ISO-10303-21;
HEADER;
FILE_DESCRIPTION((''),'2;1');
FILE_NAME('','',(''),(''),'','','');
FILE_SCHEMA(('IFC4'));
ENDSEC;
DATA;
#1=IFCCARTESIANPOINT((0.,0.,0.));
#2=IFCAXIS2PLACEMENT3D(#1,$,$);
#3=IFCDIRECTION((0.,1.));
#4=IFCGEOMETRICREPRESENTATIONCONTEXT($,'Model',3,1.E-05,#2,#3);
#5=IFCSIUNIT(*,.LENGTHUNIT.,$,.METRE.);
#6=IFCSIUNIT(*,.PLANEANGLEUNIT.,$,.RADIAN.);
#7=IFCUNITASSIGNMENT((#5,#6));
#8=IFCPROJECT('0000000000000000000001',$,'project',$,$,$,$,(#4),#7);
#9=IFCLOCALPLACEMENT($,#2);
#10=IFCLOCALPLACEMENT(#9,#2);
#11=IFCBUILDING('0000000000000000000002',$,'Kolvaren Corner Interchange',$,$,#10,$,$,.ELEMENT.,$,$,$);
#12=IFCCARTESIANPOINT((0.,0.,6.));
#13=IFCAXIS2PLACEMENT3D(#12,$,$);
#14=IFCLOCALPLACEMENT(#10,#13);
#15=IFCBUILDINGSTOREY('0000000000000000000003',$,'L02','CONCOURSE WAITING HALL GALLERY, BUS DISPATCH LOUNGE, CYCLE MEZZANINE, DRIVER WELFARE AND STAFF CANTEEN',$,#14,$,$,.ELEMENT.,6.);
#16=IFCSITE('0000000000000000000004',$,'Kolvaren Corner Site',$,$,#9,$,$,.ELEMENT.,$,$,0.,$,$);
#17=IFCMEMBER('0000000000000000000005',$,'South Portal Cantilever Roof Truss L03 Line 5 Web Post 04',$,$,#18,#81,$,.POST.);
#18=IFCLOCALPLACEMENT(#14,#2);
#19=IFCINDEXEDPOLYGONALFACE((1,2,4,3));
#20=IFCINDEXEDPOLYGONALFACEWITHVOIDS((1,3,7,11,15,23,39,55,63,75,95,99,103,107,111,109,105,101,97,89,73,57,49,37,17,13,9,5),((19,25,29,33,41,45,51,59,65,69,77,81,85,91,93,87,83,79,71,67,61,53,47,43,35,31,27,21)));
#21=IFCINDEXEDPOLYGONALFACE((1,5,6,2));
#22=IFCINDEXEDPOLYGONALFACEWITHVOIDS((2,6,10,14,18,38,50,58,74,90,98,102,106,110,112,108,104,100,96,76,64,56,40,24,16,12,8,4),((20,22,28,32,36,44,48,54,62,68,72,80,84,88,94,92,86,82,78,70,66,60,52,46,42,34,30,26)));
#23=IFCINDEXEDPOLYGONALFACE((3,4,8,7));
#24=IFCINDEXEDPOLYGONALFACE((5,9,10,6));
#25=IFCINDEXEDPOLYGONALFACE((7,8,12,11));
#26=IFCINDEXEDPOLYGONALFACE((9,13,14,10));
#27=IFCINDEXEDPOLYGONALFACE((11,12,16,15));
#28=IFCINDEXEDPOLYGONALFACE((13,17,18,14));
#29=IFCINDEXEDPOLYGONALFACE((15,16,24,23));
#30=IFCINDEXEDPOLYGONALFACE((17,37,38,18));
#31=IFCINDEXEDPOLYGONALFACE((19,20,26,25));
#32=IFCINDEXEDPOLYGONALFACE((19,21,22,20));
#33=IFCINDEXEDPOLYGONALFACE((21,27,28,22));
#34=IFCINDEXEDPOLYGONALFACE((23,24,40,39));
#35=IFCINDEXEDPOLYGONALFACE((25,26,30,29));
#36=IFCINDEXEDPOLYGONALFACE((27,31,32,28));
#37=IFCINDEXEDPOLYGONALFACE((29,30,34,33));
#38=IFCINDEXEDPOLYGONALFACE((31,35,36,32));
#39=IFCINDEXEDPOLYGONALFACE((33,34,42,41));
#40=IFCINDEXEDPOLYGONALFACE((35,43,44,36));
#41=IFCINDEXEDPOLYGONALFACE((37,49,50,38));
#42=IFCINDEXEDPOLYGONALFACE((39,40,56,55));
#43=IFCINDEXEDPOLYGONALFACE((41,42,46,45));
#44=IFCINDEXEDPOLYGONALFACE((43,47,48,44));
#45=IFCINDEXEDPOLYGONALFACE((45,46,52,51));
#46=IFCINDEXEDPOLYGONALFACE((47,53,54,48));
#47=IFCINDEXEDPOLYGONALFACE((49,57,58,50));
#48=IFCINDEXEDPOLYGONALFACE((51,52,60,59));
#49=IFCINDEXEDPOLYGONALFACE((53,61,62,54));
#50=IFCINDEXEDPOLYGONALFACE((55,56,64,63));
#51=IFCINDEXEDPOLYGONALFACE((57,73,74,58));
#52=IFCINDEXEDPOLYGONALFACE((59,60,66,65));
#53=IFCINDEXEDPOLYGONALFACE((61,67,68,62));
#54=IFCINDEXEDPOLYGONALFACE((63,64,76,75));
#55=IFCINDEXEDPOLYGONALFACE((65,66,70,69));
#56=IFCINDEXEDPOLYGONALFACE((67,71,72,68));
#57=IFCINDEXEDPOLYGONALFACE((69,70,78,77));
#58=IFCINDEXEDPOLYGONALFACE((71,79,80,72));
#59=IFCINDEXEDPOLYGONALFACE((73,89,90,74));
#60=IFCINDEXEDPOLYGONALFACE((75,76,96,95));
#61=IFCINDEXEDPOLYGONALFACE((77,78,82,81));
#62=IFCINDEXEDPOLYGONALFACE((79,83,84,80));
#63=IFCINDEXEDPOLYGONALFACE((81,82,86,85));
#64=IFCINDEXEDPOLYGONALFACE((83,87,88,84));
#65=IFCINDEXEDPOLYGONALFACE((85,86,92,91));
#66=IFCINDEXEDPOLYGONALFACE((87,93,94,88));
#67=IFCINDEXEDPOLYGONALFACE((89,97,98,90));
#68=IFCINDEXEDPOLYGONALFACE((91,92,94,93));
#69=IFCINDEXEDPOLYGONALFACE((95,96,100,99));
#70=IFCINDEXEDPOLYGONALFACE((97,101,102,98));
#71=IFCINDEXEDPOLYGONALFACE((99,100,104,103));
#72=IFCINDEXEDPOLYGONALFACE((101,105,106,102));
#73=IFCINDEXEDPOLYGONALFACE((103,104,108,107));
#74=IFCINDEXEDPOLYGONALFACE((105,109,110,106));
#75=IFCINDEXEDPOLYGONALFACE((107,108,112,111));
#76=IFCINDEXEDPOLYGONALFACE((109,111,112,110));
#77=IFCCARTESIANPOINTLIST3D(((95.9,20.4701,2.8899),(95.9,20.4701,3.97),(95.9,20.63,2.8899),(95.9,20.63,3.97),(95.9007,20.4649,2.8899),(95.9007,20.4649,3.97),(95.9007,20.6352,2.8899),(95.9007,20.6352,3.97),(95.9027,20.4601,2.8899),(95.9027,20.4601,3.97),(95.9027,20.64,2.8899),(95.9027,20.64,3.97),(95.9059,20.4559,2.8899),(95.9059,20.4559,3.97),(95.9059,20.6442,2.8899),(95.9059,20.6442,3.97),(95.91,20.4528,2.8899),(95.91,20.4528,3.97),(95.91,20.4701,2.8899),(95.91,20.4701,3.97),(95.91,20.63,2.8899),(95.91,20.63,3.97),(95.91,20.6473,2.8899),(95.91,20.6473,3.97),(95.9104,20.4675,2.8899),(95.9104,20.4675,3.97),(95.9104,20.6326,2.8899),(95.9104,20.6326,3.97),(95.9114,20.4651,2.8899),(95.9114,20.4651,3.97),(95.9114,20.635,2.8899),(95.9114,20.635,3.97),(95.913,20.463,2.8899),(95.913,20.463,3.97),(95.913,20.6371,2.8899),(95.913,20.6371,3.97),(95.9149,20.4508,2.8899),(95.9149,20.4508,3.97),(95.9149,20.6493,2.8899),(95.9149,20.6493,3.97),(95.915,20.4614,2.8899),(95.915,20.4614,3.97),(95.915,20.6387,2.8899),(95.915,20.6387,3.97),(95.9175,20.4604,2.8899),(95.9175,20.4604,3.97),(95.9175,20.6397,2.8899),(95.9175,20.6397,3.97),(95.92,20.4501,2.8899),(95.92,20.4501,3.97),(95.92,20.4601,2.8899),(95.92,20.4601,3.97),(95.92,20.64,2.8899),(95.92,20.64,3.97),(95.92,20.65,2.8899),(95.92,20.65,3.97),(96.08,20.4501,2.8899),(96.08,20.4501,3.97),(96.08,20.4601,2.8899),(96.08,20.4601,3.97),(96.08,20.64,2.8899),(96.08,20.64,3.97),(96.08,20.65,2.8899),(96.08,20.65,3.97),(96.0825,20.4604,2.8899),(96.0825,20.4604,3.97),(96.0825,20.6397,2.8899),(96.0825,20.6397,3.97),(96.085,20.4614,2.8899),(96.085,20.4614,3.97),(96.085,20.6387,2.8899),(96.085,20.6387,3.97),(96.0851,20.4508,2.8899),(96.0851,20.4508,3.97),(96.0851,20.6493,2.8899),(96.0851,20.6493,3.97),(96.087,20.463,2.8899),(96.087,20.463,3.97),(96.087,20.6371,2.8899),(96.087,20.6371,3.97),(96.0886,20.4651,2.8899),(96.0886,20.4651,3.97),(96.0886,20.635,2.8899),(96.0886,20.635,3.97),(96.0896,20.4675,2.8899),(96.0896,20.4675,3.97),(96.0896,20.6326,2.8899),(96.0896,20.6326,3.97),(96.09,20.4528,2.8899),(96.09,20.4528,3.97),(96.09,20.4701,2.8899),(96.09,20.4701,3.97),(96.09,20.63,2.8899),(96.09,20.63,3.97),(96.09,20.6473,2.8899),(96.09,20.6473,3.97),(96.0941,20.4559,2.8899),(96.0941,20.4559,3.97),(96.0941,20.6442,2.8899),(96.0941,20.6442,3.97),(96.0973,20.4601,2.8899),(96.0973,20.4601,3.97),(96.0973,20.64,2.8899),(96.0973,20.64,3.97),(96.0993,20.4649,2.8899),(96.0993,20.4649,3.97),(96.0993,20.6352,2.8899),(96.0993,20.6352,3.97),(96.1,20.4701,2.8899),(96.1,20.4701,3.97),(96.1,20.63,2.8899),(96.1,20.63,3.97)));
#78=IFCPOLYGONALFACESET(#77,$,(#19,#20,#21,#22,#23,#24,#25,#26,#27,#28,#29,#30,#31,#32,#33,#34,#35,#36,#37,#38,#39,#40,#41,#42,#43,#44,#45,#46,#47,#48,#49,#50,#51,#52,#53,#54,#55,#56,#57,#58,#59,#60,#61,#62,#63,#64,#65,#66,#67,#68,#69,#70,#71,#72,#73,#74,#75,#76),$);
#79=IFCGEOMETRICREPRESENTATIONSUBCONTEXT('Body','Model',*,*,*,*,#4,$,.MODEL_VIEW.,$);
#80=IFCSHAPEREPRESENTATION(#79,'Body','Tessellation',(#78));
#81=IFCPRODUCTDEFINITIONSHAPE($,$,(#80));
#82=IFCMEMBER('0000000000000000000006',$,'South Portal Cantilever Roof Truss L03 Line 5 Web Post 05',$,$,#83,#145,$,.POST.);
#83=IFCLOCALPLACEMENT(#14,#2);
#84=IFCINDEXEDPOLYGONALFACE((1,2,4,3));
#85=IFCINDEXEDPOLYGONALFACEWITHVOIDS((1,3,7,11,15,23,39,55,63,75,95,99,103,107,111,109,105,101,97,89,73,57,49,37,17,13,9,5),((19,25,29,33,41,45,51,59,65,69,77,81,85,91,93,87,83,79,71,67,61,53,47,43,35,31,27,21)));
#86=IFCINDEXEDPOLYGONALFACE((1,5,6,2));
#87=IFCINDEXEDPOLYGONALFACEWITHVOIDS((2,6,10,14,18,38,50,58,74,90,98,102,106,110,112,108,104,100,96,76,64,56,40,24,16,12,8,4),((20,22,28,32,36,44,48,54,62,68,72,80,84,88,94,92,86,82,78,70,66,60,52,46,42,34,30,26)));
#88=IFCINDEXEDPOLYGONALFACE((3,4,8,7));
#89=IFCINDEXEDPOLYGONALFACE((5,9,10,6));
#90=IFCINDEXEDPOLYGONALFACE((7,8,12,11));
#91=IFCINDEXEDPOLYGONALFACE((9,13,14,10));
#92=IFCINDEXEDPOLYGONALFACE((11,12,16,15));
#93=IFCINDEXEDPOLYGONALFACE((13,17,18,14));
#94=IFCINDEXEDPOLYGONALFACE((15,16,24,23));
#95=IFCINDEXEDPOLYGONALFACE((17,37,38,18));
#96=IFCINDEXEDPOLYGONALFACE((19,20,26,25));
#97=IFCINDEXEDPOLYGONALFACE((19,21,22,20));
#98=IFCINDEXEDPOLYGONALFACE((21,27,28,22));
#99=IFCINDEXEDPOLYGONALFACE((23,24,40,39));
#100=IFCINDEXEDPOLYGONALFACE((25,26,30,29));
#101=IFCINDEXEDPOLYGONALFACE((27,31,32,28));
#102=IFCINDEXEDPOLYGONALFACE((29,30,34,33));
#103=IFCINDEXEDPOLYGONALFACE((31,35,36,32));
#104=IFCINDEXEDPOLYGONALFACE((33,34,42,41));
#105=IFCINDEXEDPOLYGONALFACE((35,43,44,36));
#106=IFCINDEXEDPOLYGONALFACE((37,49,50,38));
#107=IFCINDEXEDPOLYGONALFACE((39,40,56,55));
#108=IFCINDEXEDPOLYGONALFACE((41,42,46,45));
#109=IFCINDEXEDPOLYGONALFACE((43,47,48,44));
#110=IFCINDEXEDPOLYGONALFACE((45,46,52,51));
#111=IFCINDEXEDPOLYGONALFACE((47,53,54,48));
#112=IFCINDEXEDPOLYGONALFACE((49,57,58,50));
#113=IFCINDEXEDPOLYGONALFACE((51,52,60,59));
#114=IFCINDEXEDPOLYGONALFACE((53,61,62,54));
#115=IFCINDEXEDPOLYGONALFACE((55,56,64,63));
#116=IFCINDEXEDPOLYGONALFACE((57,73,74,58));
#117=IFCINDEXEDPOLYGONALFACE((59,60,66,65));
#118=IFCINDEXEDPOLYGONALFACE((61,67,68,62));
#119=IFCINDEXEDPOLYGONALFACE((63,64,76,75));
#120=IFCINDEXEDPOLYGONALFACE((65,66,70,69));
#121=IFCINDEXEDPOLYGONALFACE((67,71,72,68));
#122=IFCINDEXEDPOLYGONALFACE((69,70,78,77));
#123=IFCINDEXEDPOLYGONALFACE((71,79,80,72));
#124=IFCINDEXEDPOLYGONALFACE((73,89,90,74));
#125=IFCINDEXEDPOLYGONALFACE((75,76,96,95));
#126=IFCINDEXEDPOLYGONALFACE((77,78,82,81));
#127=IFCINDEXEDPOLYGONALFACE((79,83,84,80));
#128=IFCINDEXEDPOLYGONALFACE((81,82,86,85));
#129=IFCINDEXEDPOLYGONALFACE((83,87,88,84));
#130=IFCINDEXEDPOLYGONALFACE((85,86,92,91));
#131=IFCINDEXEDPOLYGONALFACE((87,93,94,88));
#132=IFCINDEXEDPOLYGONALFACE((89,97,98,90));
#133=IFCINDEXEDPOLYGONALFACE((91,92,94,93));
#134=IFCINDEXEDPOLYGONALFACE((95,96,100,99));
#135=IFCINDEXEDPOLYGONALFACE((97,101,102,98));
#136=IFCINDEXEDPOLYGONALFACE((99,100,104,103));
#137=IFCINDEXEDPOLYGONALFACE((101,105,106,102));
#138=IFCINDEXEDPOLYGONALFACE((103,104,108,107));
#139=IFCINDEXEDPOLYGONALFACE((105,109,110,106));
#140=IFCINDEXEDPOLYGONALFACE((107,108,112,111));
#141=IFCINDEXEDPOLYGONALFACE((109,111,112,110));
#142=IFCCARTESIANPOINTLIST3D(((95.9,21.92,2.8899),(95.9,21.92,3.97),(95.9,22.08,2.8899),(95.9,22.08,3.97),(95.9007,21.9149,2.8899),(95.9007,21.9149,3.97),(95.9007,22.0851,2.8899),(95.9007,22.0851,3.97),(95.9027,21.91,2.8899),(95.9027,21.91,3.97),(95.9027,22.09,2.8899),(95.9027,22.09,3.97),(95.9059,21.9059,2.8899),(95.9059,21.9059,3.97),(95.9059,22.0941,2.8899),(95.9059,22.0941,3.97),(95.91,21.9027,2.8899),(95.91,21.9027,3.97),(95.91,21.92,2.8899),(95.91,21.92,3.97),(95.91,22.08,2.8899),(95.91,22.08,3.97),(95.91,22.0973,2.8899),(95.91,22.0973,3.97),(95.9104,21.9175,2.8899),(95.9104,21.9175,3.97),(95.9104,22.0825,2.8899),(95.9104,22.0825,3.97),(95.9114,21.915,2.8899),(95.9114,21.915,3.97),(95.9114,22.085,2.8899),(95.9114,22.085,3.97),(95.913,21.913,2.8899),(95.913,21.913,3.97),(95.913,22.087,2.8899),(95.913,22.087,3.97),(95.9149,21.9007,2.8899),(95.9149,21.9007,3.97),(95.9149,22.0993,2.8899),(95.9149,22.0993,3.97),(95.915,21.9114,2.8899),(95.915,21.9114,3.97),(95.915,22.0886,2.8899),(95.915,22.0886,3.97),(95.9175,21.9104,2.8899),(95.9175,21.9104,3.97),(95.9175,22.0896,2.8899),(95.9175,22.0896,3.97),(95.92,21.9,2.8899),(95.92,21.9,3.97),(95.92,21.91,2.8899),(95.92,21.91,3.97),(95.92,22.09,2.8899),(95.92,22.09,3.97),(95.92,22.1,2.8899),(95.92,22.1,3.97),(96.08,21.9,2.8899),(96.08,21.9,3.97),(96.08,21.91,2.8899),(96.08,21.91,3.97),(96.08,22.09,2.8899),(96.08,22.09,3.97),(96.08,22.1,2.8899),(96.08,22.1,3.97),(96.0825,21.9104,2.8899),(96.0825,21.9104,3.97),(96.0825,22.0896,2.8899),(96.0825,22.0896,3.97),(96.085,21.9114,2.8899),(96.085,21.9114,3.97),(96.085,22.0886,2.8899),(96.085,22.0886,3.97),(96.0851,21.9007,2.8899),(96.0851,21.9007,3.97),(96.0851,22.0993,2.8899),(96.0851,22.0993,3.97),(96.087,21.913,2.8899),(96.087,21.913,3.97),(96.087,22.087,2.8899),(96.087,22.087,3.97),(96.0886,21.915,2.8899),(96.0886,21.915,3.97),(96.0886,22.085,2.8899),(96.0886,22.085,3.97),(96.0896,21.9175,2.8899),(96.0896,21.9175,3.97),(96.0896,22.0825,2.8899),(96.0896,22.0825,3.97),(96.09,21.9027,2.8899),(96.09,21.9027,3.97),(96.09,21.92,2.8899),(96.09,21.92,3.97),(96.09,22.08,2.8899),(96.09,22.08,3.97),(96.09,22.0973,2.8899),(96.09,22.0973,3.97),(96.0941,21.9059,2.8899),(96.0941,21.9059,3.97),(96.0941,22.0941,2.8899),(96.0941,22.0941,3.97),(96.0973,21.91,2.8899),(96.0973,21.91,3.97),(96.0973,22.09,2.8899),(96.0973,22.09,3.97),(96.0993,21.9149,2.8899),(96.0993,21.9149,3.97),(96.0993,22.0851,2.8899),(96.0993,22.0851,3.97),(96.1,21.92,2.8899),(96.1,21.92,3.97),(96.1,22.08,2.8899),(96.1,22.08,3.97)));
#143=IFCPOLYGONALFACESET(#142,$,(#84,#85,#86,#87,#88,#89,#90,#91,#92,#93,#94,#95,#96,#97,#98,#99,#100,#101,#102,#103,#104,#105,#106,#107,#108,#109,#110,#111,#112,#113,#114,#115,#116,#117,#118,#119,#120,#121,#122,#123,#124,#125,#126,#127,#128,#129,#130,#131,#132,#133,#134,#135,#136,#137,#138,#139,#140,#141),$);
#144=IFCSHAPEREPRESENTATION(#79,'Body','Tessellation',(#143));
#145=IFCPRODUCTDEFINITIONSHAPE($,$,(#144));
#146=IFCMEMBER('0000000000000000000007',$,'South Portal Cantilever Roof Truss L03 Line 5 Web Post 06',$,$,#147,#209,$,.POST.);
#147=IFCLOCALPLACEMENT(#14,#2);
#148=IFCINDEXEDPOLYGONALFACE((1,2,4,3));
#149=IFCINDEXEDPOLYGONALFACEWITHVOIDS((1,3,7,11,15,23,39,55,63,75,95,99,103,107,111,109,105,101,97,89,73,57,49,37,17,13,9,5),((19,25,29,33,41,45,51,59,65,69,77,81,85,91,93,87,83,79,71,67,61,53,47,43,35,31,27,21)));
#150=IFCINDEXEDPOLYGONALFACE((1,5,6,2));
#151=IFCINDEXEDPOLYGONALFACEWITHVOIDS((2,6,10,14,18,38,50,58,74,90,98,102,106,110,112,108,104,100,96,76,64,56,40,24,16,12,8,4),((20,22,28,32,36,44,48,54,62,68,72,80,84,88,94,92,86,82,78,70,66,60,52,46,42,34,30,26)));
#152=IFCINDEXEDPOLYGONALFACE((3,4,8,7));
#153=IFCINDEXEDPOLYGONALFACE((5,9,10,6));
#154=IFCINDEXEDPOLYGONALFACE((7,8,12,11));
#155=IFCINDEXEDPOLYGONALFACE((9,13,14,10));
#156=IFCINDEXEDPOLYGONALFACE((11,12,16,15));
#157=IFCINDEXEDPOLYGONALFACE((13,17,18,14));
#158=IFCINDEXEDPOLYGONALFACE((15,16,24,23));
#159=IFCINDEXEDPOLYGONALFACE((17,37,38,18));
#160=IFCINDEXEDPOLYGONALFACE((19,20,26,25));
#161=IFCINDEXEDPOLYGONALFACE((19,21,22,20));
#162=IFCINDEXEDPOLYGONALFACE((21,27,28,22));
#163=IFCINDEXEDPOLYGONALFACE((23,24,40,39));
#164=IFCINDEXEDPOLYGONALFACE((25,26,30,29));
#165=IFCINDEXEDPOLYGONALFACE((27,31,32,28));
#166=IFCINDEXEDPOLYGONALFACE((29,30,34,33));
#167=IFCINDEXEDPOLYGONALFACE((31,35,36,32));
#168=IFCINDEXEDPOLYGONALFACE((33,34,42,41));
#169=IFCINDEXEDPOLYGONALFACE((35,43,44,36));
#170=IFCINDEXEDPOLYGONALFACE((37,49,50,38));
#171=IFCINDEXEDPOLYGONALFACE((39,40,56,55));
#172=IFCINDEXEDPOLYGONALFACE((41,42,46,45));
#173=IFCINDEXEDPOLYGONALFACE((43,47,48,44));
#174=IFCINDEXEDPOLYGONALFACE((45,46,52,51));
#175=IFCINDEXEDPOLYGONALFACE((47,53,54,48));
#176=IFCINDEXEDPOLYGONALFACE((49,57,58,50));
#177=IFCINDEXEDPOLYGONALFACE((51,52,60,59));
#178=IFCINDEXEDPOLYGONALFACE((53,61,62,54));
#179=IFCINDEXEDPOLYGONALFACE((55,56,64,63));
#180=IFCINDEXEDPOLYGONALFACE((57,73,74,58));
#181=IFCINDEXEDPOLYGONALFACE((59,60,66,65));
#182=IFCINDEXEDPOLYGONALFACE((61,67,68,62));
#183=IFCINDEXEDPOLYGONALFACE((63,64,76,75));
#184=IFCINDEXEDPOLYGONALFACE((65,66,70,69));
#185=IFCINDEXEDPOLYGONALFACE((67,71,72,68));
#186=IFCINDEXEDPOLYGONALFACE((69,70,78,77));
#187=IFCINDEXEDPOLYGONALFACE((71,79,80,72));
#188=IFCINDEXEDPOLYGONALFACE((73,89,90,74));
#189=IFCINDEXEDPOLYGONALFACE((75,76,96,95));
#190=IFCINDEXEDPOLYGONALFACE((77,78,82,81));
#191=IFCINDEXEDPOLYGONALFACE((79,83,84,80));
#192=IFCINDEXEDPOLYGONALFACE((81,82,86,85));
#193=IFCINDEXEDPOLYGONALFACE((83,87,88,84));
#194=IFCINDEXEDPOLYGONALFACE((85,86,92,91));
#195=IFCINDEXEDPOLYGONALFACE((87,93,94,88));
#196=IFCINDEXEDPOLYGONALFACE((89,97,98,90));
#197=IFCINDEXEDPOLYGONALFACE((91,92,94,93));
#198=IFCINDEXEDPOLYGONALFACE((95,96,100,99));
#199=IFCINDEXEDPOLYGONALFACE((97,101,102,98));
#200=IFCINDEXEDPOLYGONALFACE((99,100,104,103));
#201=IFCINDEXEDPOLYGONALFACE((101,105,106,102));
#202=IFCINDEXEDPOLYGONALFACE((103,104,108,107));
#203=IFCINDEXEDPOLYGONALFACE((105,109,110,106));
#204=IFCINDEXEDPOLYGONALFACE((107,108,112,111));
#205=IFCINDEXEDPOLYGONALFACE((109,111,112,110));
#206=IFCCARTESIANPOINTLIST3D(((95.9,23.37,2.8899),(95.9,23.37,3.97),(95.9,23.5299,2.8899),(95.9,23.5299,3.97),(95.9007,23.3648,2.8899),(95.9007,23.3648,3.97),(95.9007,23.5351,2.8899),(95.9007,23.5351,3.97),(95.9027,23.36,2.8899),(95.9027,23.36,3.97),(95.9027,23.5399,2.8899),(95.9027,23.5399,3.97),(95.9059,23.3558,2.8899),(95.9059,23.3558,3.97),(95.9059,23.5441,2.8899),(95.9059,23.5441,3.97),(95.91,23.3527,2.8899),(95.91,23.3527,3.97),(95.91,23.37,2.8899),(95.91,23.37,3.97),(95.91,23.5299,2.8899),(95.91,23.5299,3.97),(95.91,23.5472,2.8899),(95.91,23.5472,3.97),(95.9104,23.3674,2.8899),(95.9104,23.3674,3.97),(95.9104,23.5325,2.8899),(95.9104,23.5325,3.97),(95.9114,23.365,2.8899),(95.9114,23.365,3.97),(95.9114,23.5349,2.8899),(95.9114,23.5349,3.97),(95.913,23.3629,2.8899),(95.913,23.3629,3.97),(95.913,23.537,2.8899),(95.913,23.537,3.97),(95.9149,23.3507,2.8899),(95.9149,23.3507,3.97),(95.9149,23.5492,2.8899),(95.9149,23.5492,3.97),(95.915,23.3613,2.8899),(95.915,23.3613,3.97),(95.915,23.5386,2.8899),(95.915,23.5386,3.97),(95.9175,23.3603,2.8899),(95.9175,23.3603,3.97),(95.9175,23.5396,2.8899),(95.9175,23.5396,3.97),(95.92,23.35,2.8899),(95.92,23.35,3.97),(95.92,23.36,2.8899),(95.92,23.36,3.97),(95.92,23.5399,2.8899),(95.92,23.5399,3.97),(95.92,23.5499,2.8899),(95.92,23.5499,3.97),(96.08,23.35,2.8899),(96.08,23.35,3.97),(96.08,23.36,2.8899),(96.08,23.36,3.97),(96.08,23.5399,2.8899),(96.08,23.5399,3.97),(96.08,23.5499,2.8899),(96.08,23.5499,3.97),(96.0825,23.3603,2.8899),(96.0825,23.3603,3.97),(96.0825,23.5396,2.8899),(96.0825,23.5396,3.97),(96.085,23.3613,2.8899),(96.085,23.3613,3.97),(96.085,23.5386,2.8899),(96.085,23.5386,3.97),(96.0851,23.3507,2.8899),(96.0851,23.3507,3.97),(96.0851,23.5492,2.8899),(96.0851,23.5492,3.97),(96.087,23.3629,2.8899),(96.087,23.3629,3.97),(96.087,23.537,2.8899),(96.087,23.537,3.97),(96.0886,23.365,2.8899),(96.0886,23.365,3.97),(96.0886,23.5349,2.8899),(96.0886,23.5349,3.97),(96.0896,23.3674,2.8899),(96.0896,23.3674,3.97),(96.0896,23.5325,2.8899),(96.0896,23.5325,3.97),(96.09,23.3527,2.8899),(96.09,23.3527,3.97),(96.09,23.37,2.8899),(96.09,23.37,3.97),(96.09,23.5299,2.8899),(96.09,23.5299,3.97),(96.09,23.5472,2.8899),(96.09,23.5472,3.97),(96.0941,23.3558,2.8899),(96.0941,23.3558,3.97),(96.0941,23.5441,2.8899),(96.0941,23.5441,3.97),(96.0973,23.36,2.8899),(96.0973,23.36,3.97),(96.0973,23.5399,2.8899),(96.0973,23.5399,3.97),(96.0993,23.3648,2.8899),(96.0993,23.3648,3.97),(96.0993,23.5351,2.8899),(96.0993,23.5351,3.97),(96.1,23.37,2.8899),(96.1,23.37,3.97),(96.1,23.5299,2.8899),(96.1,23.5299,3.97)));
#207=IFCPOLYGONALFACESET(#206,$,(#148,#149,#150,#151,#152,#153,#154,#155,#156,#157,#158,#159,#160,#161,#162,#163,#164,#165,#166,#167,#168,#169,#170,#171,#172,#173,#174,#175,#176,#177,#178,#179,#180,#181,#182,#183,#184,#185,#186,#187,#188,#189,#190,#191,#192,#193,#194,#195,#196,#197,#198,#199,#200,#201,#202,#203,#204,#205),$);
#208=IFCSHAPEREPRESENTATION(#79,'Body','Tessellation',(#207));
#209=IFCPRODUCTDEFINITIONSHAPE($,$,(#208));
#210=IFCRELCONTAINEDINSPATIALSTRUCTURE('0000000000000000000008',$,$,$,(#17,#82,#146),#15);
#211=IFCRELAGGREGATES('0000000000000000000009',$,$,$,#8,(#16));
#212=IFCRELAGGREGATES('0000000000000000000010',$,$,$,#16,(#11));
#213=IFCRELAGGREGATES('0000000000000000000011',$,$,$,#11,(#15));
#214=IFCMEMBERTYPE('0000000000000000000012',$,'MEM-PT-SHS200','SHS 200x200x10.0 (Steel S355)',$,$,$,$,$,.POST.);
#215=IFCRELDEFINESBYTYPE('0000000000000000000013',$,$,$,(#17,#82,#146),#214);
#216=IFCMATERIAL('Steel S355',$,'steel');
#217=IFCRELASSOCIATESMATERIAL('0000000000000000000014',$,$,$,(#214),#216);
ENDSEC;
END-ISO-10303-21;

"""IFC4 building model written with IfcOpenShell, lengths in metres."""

from ifc_helpers import new_model, si_unit, direction, frame, origin, origin_2d, place, context, subcontext, project, spatial, hollow_rectangle, extrude, material, material_profile, profile_set, type_object, element, save


model = new_model("IFC4")

# Units and contexts
model_context = context("Model", 3, precision=1e-05, world=origin(), true_north=direction((0.0, 1.0)))
body_context = subcontext(model_context, "Body", "Model", "MODEL_VIEW")
ifc_project = project(units=[si_unit("LENGTHUNIT", "METRE"), si_unit("PLANEANGLEUNIT", "RADIAN")], contexts=[model_context])

# Site, building, storey
site_placement = place(None, origin())
site = spatial("IfcSite", under=ifc_project, at=site_placement, Name="Kolvaren Corner Site", CompositionType="ELEMENT", RefElevation=0.0)
building_placement = place(site_placement, origin())
building = spatial("IfcBuilding", under=site, at=building_placement, Name="Kolvaren Corner Interchange", CompositionType="ELEMENT")
storey_placement = place(building_placement, frame((0.0, 0.0, 6.0)))
storey = spatial("IfcBuildingStorey", under=building, at=storey_placement, Name="L02", Description="CONCOURSE WAITING HALL GALLERY, BUS DISPATCH LOUNGE, CYCLE MEZZANINE, DRIVER WELFARE AND STAFF CANTEEN", CompositionType="ELEMENT", Elevation=6.0)

# Members
ifc_material_1 = material(Name="Steel S355", Category="steel")
ifc_material_profile_1 = material_profile(ifc_material_1, hollow_rectangle(XDim=0.2, YDim=0.2, WallThickness=0.01, InnerFilletRadius=0.01, OuterFilletRadius=0.02, at=origin_2d()), Name="SHS 200x200x10.0")
ifc_profile_set_1 = profile_set([ifc_material_profile_1], Name="Steel S355")
member_type_1 = type_object("IfcMemberType", Name="MEM-PT-SHS200", Description="SHS 200x200x10.0 (Steel S355)", PredefinedType="POST", material=ifc_profile_set_1)
for number, where, z_axis, x_axis, name in (
    (1, (96.0, 20.55, 2.8899), (0.0, 0.0, 1.0), (1.0, 0.0, 0.0), "South Portal Cantilever Roof Truss L03 Line 5 Web Post 04"),
    (2, (96.0, 22.0, 2.8899), (0.0, 0.0, 1.0), (1.0, 0.0, 0.0), "South Portal Cantilever Roof Truss L03 Line 5 Web Post 05"),
    (3, (96.0, 23.45, 2.8899), (0.0, 0.0, 1.0), (1.0, 0.0, 0.0), "South Portal Cantilever Roof Truss L03 Line 5 Web Post 06"),
):
    element("IfcMember", number, at=place(storey_placement, frame(where, z_axis=z_axis, x_axis=x_axis)), inside=storey, type_object=member_type_1, Name=name, PredefinedType="POST", context=body_context, shape_type="SweptSolid", body=[
        extrude(hollow_rectangle(XDim=0.2, YDim=0.2, WallThickness=0.01, InnerFilletRadius=0.01, OuterFilletRadius=0.02, at=origin_2d()), origin(), (0.0, 0.0, 1.0), 1.0801),
    ])

save(model, "model.ifc")
